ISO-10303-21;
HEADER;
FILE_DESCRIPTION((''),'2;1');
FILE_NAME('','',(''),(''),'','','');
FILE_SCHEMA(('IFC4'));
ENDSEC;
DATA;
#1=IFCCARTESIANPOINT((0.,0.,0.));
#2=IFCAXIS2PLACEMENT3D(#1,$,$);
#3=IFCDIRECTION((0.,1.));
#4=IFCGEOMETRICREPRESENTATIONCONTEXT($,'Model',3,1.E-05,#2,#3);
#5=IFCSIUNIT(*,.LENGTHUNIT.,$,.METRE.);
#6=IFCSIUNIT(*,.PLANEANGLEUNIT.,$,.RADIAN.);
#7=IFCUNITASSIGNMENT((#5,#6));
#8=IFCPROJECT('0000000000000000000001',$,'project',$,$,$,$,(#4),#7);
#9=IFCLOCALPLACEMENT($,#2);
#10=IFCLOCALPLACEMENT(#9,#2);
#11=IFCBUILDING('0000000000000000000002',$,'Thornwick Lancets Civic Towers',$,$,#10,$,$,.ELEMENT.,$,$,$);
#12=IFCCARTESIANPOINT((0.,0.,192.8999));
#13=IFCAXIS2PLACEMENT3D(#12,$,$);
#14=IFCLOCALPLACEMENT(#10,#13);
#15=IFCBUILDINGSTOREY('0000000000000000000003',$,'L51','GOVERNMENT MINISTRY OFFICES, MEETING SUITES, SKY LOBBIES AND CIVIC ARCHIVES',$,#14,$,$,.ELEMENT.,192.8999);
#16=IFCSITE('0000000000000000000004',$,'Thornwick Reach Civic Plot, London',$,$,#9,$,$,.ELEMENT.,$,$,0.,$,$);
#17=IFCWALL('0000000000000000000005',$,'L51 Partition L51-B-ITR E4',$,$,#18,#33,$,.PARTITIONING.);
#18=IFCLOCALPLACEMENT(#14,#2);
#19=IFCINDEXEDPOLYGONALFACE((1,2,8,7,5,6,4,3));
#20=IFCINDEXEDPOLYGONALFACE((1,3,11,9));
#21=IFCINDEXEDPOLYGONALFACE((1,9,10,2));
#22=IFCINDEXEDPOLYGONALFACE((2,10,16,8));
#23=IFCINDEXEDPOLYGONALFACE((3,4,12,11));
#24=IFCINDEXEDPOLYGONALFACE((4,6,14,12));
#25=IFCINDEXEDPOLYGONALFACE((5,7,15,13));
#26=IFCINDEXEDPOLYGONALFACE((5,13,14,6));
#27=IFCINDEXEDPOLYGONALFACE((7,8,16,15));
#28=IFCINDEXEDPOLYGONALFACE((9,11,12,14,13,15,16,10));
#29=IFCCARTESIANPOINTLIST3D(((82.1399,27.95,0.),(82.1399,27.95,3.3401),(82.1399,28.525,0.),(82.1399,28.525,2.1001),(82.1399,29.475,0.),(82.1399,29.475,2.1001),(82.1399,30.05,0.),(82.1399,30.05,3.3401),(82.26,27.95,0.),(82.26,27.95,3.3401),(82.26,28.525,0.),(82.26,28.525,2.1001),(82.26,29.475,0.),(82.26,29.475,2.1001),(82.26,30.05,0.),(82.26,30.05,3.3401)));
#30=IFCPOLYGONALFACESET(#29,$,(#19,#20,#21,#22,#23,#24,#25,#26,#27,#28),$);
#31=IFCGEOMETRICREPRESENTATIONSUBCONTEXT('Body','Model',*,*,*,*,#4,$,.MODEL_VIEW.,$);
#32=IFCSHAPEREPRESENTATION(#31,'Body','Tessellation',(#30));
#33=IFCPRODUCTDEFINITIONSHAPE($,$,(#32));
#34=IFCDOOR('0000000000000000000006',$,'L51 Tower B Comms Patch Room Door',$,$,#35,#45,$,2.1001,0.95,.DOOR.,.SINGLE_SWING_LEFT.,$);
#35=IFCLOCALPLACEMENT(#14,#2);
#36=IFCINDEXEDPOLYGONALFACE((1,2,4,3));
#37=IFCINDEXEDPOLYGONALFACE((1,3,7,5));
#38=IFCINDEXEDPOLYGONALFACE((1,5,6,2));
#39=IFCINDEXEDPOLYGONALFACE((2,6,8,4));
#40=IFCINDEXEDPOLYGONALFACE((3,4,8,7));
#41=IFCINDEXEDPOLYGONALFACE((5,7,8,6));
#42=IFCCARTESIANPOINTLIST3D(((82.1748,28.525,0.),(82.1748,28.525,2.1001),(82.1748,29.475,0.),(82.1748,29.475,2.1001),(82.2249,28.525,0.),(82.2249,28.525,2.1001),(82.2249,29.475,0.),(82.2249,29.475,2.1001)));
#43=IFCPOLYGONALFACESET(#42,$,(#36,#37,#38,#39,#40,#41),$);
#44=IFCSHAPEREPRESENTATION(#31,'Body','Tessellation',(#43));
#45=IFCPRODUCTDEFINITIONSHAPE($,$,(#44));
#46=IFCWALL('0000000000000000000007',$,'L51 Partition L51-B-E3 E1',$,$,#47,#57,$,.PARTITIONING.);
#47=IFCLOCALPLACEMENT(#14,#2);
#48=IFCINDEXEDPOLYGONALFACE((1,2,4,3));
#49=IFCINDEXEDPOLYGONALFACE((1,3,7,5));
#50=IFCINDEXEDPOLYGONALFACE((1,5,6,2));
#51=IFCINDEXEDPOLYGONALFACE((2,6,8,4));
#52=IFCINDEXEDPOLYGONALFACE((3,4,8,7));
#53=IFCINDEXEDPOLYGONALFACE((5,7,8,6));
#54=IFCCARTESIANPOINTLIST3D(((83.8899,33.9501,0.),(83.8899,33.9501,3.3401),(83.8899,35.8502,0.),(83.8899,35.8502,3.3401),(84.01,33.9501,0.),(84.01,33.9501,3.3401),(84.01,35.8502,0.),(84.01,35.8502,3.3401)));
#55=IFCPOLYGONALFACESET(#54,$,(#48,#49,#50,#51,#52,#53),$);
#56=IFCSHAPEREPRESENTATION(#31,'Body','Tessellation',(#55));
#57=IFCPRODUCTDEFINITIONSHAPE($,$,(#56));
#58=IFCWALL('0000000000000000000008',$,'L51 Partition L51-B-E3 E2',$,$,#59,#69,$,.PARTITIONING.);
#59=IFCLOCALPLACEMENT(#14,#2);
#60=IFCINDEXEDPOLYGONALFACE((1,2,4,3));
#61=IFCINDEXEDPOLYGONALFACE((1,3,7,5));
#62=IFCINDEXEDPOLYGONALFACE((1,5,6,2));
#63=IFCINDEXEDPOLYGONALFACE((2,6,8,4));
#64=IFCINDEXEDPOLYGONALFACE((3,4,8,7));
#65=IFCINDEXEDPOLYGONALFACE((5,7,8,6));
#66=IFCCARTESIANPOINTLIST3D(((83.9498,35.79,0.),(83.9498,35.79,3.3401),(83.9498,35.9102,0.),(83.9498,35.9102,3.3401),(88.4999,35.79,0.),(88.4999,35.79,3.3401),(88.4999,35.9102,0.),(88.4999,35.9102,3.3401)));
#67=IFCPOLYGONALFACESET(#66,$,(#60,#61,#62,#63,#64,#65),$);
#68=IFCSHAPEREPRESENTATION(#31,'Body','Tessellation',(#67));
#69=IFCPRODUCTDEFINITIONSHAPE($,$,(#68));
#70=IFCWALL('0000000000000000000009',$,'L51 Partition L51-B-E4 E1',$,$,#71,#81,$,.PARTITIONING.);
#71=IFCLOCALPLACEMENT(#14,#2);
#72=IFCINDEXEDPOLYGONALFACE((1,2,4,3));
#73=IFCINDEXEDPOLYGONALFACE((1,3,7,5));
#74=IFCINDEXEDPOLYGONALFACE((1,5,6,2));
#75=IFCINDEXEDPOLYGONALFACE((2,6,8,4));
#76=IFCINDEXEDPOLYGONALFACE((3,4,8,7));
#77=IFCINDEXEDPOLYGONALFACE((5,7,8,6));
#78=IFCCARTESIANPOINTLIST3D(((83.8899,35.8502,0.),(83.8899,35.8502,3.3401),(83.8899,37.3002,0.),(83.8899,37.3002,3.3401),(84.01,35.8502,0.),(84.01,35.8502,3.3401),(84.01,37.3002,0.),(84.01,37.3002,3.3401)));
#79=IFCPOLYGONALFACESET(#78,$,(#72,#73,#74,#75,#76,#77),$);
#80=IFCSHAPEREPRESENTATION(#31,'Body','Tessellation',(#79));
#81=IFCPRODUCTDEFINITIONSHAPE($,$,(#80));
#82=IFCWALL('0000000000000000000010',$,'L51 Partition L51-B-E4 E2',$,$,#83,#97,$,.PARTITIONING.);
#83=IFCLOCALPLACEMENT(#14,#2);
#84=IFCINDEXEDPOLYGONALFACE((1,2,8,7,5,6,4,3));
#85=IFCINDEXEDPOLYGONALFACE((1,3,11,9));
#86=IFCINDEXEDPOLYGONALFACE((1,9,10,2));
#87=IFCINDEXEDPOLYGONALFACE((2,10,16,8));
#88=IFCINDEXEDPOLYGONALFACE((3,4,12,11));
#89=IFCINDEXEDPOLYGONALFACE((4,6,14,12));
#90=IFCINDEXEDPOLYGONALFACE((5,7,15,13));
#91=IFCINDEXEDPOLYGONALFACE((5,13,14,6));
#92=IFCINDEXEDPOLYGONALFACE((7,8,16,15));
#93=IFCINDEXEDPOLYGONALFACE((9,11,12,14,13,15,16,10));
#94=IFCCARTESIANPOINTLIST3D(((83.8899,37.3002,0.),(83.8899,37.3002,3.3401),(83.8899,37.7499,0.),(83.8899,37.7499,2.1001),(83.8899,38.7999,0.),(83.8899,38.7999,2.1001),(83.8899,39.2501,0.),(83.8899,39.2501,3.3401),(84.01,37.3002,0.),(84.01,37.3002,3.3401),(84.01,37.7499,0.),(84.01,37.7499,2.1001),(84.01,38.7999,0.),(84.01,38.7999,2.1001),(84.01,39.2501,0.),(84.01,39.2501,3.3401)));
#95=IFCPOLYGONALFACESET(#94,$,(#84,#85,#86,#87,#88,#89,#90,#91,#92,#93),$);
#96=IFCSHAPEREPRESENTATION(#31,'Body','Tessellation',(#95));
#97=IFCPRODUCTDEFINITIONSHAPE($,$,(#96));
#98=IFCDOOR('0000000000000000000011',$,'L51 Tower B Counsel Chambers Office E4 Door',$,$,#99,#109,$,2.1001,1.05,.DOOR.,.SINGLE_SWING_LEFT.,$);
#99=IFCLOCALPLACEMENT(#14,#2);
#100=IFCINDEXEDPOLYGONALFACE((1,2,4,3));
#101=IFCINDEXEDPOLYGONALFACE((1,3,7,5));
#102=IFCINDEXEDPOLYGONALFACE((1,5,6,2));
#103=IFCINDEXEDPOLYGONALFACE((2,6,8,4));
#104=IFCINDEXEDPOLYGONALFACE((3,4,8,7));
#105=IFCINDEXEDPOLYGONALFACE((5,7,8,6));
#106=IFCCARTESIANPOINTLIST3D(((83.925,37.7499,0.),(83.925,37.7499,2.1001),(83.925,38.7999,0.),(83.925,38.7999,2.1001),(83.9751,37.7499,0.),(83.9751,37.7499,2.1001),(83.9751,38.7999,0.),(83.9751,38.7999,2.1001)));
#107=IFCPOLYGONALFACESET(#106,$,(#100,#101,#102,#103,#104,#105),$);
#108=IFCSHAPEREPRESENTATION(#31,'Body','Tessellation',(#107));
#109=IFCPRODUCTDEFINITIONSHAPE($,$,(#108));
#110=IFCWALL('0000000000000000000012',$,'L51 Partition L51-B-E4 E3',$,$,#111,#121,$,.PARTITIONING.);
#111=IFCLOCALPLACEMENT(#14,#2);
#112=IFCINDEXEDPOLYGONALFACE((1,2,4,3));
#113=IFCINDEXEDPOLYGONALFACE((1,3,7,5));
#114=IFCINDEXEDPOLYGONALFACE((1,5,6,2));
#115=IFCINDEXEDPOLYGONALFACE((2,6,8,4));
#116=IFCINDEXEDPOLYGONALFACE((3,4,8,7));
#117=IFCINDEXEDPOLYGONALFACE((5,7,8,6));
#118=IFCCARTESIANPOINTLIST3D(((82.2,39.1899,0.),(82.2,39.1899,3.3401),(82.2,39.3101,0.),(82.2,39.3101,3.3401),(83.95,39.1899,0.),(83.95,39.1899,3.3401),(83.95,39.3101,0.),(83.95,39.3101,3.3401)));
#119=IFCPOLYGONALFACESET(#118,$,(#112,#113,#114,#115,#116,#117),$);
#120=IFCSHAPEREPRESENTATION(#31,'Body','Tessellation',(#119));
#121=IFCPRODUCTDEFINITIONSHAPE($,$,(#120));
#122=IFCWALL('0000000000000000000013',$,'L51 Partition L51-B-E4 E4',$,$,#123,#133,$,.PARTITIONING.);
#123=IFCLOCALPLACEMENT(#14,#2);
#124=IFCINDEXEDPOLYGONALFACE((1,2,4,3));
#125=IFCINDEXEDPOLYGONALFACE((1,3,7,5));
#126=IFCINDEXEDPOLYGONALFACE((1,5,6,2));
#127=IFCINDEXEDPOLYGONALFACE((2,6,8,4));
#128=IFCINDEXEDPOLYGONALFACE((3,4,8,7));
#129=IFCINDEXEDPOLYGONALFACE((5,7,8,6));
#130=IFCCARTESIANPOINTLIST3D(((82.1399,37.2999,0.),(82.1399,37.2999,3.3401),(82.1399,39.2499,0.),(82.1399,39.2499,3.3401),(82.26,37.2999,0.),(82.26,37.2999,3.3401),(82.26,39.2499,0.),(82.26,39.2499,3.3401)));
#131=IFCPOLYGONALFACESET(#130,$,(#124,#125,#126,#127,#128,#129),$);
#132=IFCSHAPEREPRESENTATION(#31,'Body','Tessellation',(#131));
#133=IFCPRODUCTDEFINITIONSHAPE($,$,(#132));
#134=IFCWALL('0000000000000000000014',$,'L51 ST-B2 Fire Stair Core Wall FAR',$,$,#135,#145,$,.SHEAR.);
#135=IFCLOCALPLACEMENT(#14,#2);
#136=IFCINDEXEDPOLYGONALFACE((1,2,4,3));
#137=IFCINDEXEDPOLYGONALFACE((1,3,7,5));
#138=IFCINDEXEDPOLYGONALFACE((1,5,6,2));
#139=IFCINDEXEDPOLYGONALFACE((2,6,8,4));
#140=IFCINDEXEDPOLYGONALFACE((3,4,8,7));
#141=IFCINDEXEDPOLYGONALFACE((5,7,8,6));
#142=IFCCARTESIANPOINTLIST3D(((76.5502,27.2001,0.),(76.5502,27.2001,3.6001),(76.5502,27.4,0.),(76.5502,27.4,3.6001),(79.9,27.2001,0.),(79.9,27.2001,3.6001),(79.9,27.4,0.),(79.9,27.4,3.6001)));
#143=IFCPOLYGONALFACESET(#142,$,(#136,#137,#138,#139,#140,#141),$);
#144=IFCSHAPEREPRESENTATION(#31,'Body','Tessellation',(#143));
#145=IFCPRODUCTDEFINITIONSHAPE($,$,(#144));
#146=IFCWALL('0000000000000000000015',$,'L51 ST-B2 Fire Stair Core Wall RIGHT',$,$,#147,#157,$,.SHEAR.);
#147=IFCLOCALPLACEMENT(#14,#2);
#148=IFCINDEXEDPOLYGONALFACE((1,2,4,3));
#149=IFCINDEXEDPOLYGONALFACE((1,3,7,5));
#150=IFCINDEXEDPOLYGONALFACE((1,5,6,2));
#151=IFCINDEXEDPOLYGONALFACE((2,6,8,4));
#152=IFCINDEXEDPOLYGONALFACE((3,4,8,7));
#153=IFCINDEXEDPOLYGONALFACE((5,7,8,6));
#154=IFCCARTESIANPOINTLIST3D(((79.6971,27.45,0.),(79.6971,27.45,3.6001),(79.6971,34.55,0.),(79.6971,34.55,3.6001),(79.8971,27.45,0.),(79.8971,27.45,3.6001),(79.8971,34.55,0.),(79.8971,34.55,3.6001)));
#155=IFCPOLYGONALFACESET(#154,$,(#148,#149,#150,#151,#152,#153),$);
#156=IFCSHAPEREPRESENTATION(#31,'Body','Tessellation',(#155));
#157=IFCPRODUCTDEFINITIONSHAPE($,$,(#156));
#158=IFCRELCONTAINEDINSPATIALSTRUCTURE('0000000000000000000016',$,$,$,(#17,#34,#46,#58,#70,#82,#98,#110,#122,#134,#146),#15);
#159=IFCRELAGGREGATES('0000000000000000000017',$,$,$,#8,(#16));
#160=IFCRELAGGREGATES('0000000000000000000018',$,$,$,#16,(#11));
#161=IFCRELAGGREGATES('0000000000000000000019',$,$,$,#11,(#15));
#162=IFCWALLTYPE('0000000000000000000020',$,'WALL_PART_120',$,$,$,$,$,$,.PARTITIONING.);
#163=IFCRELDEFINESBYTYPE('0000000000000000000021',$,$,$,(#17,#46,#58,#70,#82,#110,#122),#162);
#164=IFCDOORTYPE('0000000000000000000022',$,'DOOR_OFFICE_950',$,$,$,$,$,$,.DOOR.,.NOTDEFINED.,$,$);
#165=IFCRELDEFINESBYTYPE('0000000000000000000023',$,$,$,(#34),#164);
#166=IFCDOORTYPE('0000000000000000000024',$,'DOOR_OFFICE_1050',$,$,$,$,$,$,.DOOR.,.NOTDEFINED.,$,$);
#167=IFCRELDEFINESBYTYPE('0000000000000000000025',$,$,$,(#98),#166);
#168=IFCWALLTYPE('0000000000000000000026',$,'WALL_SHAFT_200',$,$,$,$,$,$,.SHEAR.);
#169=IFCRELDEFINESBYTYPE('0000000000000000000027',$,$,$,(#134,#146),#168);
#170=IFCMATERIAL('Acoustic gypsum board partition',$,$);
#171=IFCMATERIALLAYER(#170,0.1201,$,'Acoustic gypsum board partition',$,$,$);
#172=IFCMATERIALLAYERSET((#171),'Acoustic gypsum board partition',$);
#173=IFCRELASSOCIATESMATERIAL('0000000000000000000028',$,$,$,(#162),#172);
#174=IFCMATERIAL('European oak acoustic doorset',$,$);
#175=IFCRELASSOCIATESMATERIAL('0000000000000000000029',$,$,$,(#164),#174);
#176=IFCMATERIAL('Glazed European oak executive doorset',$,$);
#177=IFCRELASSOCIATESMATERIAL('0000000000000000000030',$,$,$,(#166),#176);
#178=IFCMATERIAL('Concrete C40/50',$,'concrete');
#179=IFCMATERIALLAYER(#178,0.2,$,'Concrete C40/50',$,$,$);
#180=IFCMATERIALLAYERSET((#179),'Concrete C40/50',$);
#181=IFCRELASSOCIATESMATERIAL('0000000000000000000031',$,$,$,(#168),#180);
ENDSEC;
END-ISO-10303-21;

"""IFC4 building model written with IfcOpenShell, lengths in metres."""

from ifc_helpers import new_model, si_unit, direction, frame, frame_2d, origin, place, context, subcontext, project, spatial, rectangle, extrude, material, layer, layer_set, type_object, element, fill, save


model = new_model("IFC4")

# Units and contexts
model_context = context("Model", 3, precision=1e-05, world=origin(), true_north=direction((0.0, 1.0)))
body_context = subcontext(model_context, "Body", "Model", "MODEL_VIEW")
ifc_project = project(units=[si_unit("LENGTHUNIT", "METRE"), si_unit("PLANEANGLEUNIT", "RADIAN")], contexts=[model_context])

# Site, building, storey
site_placement = place(None, origin())
site = spatial("IfcSite", under=ifc_project, at=site_placement, Name="Thornwick Reach Civic Plot, London", CompositionType="ELEMENT", RefElevation=0.0)
building_placement = place(site_placement, origin())
building = spatial("IfcBuilding", under=site, at=building_placement, Name="Thornwick Lancets Civic Towers", CompositionType="ELEMENT")
storey_placement = place(building_placement, frame((0.0, 0.0, 192.8999)))
storey = spatial("IfcBuildingStorey", under=building, at=storey_placement, Name="L51", Description="GOVERNMENT MINISTRY OFFICES, MEETING SUITES, SKY LOBBIES AND CIVIC ARCHIVES", CompositionType="ELEMENT", Elevation=192.8999)

# Shared definitions
ifc_material_1 = material(Name="Acoustic gypsum board partition")
ifc_layer_1 = layer(ifc_material_1, 0.1201, Name="Acoustic gypsum board partition")
ifc_layer_set_1 = layer_set([ifc_layer_1], Name="Acoustic gypsum board partition")
wall_type_1 = type_object("IfcWallType", Name="WALL_PART_120", PredefinedType="PARTITIONING", material=ifc_layer_set_1)

# Wall, opening, door
wall_1_placement = place(storey_placement, frame((82.2, 30.05, 0.0), z_axis=(0.0, 0.0, 1.0), x_axis=(0.0, -1.0, 0.0)))
wall_1 = element("IfcWall", 1, at=wall_1_placement, inside=storey, type_object=wall_type_1, Name="L51 Partition L51-B-ITR E4", PredefinedType="PARTITIONING", context=body_context, shape_type="SweptSolid", body=[
    extrude(rectangle(XDim=2.1001, YDim=0.1201, at=frame_2d((1.05, 0.0))), origin(), (0.0, 0.0, 1.0), 3.3401),
])
opening_1_placement = place(wall_1_placement, frame((0.575, 0.0, 0.0)))
opening_1 = element("IfcOpeningElement", 2, at=opening_1_placement, cuts=wall_1, PredefinedType="OPENING", context=body_context, shape_type="SweptSolid", body=[
    extrude(rectangle(XDim=0.95, YDim=2.1001, at=frame_2d((0.4751, 1.05))), frame((0.0, 0.0701, 0.0), z_axis=(0.0, -1.0, 0.0), x_axis=(1.0, 0.0, 0.0)), (0.0, 0.0, 1.0), 0.1401),
])
ifc_material_2 = material(Name="European oak acoustic doorset")
door_type_1 = type_object("IfcDoorType", Name="DOOR_OFFICE_950", OperationType="NOTDEFINED", PredefinedType="DOOR", material=ifc_material_2)
door_1_placement = place(opening_1_placement, origin())
door_1 = element("IfcDoor", 3, at=door_1_placement, inside=storey, type_object=door_type_1, Name="L51 Tower B Comms Patch Room Door", OperationType="SINGLE_SWING_LEFT", OverallHeight=2.1001, OverallWidth=0.95, PredefinedType="DOOR", context=body_context, shape_type="SweptSolid", body=[
    extrude(rectangle(XDim=0.95, YDim=2.1001, at=frame_2d((0.4751, 1.05))), frame((0.0, 0.0249, 0.0), z_axis=(0.0, -1.0, 0.0), x_axis=(1.0, 0.0, 0.0)), (0.0, 0.0, 1.0), 0.05),
])
fill(opening_1, door_1)

# Walls
wall_2_placement = place(storey_placement, frame((83.95, 33.95, 0.0), z_axis=(0.0, 0.0, 1.0), x_axis=(0.0, 1.0, 0.0)))
element("IfcWall", 4, at=wall_2_placement, inside=storey, type_object=wall_type_1, Name="L51 Partition L51-B-E3 E1", PredefinedType="PARTITIONING", context=body_context, shape_type="SweptSolid", body=[
    extrude(rectangle(XDim=1.9001, YDim=0.1201, at=frame_2d((0.9502, 0.0))), origin(), (0.0, 0.0, 1.0), 3.3401),
])
wall_3_placement = place(storey_placement, frame((83.95, 35.8501, 0.0), z_axis=(0.0, 0.0, 1.0), x_axis=(1.0, 0.0, 0.0)))
element("IfcWall", 5, at=wall_3_placement, inside=storey, type_object=wall_type_1, Name="L51 Partition L51-B-E3 E2", PredefinedType="PARTITIONING", context=body_context, shape_type="SweptSolid", body=[
    extrude(rectangle(XDim=4.55, YDim=0.1201, at=frame_2d((2.2749, 0.0))), origin(), (0.0, 0.0, 1.0), 3.3401),
])
wall_4_placement = place(storey_placement, frame((83.95, 35.8501, 0.0), z_axis=(0.0, 0.0, 1.0), x_axis=(0.0, 1.0, 0.0)))
element("IfcWall", 6, at=wall_4_placement, inside=storey, type_object=wall_type_1, Name="L51 Partition L51-B-E4 E1", PredefinedType="PARTITIONING", context=body_context, shape_type="SweptSolid", body=[
    extrude(rectangle(XDim=1.45, YDim=0.1201, at=frame_2d((0.7251, 0.0))), origin(), (0.0, 0.0, 1.0), 3.3401),
])

# Wall, opening, door
wall_5_placement = place(storey_placement, frame((83.95, 37.3, 0.0), z_axis=(0.0, 0.0, 1.0), x_axis=(0.0, 1.0, 0.0)))
wall_5 = element("IfcWall", 7, at=wall_5_placement, inside=storey, type_object=wall_type_1, Name="L51 Partition L51-B-E4 E2", PredefinedType="PARTITIONING", context=body_context, shape_type="SweptSolid", body=[
    extrude(rectangle(XDim=1.95, YDim=0.1201, at=frame_2d((0.9751, 0.0))), origin(), (0.0, 0.0, 1.0), 3.3401),
])
opening_2_placement = place(wall_5_placement, frame((0.45, 0.0, 0.0)))
opening_2 = element("IfcOpeningElement", 8, at=opening_2_placement, cuts=wall_5, PredefinedType="OPENING", context=body_context, shape_type="SweptSolid", body=[
    extrude(rectangle(XDim=1.05, YDim=2.1001, at=frame_2d((0.5249, 1.05))), frame((0.0, 0.0701, 0.0), z_axis=(0.0, -1.0, 0.0), x_axis=(1.0, 0.0, 0.0)), (0.0, 0.0, 1.0), 0.1401),
])
ifc_material_3 = material(Name="Glazed European oak executive doorset")
door_type_2 = type_object("IfcDoorType", Name="DOOR_OFFICE_1050", OperationType="NOTDEFINED", PredefinedType="DOOR", material=ifc_material_3)
door_2_placement = place(opening_2_placement, origin())
door_2 = element("IfcDoor", 9, at=door_2_placement, inside=storey, type_object=door_type_2, Name="L51 Tower B Counsel Chambers Office E4 Door", OperationType="SINGLE_SWING_LEFT", OverallHeight=2.1001, OverallWidth=1.05, PredefinedType="DOOR", context=body_context, shape_type="SweptSolid", body=[
    extrude(rectangle(XDim=1.05, YDim=2.1001, at=frame_2d((0.5249, 1.05))), frame((0.0, 0.0249, 0.0), z_axis=(0.0, -1.0, 0.0), x_axis=(1.0, 0.0, 0.0)), (0.0, 0.0, 1.0), 0.05),
])
fill(opening_2, door_2)

# Walls
wall_6_placement = place(storey_placement, frame((83.95, 39.25, 0.0), z_axis=(0.0, 0.0, 1.0), x_axis=(-1.0, 0.0, 0.0)))
element("IfcWall", 10, at=wall_6_placement, inside=storey, type_object=wall_type_1, Name="L51 Partition L51-B-E4 E3", PredefinedType="PARTITIONING", context=body_context, shape_type="SweptSolid", body=[
    extrude(rectangle(XDim=1.75, YDim=0.1201, at=frame_2d((0.875, 0.0))), origin(), (0.0, 0.0, 1.0), 3.3401),
])
wall_7_placement = place(storey_placement, frame((82.2, 39.25, 0.0), z_axis=(0.0, 0.0, 1.0), x_axis=(0.0, -1.0, 0.0)))
element("IfcWall", 11, at=wall_7_placement, inside=storey, type_object=wall_type_1, Name="L51 Partition L51-B-E4 E4", PredefinedType="PARTITIONING", context=body_context, shape_type="SweptSolid", body=[
    extrude(rectangle(XDim=1.95, YDim=0.1201, at=frame_2d((0.9751, 0.0))), origin(), (0.0, 0.0, 1.0), 3.3401),
])
ifc_material_4 = material(Name="Concrete C40/50", Category="concrete")
ifc_layer_2 = layer(ifc_material_4, 0.2, Name="Concrete C40/50")
ifc_layer_set_2 = layer_set([ifc_layer_2], Name="Concrete C40/50")
wall_type_2 = type_object("IfcWallType", Name="WALL_SHAFT_200", PredefinedType="SHEAR", material=ifc_layer_set_2)
wall_8_placement = place(storey_placement, frame((79.8999, 27.3, 0.0), z_axis=(0.0, 0.0, 1.0), x_axis=(-1.0, 0.0, 0.0)))
element("IfcWall", 12, at=wall_8_placement, inside=storey, type_object=wall_type_2, Name="L51 ST-B2 Fire Stair Core Wall FAR", PredefinedType="SHEAR", context=body_context, shape_type="SweptSolid", body=[
    extrude(rectangle(XDim=3.3499, YDim=0.2, at=frame_2d((1.6748, 0.0))), origin(), (0.0, 0.0, 1.0), 3.6001),
])
wall_9_placement = place(storey_placement, frame((79.7971, 27.45, 0.0), z_axis=(0.0, 0.0, 1.0), x_axis=(0.0, 1.0, 0.0)))
element("IfcWall", 13, at=wall_9_placement, inside=storey, type_object=wall_type_2, Name="L51 ST-B2 Fire Stair Core Wall RIGHT", PredefinedType="SHEAR", context=body_context, shape_type="SweptSolid", body=[
    extrude(rectangle(XDim=7.1001, YDim=0.2, at=frame_2d((3.55, 0.0))), origin(), (0.0, 0.0, 1.0), 3.6001),
])

save(model, "model.ifc")
